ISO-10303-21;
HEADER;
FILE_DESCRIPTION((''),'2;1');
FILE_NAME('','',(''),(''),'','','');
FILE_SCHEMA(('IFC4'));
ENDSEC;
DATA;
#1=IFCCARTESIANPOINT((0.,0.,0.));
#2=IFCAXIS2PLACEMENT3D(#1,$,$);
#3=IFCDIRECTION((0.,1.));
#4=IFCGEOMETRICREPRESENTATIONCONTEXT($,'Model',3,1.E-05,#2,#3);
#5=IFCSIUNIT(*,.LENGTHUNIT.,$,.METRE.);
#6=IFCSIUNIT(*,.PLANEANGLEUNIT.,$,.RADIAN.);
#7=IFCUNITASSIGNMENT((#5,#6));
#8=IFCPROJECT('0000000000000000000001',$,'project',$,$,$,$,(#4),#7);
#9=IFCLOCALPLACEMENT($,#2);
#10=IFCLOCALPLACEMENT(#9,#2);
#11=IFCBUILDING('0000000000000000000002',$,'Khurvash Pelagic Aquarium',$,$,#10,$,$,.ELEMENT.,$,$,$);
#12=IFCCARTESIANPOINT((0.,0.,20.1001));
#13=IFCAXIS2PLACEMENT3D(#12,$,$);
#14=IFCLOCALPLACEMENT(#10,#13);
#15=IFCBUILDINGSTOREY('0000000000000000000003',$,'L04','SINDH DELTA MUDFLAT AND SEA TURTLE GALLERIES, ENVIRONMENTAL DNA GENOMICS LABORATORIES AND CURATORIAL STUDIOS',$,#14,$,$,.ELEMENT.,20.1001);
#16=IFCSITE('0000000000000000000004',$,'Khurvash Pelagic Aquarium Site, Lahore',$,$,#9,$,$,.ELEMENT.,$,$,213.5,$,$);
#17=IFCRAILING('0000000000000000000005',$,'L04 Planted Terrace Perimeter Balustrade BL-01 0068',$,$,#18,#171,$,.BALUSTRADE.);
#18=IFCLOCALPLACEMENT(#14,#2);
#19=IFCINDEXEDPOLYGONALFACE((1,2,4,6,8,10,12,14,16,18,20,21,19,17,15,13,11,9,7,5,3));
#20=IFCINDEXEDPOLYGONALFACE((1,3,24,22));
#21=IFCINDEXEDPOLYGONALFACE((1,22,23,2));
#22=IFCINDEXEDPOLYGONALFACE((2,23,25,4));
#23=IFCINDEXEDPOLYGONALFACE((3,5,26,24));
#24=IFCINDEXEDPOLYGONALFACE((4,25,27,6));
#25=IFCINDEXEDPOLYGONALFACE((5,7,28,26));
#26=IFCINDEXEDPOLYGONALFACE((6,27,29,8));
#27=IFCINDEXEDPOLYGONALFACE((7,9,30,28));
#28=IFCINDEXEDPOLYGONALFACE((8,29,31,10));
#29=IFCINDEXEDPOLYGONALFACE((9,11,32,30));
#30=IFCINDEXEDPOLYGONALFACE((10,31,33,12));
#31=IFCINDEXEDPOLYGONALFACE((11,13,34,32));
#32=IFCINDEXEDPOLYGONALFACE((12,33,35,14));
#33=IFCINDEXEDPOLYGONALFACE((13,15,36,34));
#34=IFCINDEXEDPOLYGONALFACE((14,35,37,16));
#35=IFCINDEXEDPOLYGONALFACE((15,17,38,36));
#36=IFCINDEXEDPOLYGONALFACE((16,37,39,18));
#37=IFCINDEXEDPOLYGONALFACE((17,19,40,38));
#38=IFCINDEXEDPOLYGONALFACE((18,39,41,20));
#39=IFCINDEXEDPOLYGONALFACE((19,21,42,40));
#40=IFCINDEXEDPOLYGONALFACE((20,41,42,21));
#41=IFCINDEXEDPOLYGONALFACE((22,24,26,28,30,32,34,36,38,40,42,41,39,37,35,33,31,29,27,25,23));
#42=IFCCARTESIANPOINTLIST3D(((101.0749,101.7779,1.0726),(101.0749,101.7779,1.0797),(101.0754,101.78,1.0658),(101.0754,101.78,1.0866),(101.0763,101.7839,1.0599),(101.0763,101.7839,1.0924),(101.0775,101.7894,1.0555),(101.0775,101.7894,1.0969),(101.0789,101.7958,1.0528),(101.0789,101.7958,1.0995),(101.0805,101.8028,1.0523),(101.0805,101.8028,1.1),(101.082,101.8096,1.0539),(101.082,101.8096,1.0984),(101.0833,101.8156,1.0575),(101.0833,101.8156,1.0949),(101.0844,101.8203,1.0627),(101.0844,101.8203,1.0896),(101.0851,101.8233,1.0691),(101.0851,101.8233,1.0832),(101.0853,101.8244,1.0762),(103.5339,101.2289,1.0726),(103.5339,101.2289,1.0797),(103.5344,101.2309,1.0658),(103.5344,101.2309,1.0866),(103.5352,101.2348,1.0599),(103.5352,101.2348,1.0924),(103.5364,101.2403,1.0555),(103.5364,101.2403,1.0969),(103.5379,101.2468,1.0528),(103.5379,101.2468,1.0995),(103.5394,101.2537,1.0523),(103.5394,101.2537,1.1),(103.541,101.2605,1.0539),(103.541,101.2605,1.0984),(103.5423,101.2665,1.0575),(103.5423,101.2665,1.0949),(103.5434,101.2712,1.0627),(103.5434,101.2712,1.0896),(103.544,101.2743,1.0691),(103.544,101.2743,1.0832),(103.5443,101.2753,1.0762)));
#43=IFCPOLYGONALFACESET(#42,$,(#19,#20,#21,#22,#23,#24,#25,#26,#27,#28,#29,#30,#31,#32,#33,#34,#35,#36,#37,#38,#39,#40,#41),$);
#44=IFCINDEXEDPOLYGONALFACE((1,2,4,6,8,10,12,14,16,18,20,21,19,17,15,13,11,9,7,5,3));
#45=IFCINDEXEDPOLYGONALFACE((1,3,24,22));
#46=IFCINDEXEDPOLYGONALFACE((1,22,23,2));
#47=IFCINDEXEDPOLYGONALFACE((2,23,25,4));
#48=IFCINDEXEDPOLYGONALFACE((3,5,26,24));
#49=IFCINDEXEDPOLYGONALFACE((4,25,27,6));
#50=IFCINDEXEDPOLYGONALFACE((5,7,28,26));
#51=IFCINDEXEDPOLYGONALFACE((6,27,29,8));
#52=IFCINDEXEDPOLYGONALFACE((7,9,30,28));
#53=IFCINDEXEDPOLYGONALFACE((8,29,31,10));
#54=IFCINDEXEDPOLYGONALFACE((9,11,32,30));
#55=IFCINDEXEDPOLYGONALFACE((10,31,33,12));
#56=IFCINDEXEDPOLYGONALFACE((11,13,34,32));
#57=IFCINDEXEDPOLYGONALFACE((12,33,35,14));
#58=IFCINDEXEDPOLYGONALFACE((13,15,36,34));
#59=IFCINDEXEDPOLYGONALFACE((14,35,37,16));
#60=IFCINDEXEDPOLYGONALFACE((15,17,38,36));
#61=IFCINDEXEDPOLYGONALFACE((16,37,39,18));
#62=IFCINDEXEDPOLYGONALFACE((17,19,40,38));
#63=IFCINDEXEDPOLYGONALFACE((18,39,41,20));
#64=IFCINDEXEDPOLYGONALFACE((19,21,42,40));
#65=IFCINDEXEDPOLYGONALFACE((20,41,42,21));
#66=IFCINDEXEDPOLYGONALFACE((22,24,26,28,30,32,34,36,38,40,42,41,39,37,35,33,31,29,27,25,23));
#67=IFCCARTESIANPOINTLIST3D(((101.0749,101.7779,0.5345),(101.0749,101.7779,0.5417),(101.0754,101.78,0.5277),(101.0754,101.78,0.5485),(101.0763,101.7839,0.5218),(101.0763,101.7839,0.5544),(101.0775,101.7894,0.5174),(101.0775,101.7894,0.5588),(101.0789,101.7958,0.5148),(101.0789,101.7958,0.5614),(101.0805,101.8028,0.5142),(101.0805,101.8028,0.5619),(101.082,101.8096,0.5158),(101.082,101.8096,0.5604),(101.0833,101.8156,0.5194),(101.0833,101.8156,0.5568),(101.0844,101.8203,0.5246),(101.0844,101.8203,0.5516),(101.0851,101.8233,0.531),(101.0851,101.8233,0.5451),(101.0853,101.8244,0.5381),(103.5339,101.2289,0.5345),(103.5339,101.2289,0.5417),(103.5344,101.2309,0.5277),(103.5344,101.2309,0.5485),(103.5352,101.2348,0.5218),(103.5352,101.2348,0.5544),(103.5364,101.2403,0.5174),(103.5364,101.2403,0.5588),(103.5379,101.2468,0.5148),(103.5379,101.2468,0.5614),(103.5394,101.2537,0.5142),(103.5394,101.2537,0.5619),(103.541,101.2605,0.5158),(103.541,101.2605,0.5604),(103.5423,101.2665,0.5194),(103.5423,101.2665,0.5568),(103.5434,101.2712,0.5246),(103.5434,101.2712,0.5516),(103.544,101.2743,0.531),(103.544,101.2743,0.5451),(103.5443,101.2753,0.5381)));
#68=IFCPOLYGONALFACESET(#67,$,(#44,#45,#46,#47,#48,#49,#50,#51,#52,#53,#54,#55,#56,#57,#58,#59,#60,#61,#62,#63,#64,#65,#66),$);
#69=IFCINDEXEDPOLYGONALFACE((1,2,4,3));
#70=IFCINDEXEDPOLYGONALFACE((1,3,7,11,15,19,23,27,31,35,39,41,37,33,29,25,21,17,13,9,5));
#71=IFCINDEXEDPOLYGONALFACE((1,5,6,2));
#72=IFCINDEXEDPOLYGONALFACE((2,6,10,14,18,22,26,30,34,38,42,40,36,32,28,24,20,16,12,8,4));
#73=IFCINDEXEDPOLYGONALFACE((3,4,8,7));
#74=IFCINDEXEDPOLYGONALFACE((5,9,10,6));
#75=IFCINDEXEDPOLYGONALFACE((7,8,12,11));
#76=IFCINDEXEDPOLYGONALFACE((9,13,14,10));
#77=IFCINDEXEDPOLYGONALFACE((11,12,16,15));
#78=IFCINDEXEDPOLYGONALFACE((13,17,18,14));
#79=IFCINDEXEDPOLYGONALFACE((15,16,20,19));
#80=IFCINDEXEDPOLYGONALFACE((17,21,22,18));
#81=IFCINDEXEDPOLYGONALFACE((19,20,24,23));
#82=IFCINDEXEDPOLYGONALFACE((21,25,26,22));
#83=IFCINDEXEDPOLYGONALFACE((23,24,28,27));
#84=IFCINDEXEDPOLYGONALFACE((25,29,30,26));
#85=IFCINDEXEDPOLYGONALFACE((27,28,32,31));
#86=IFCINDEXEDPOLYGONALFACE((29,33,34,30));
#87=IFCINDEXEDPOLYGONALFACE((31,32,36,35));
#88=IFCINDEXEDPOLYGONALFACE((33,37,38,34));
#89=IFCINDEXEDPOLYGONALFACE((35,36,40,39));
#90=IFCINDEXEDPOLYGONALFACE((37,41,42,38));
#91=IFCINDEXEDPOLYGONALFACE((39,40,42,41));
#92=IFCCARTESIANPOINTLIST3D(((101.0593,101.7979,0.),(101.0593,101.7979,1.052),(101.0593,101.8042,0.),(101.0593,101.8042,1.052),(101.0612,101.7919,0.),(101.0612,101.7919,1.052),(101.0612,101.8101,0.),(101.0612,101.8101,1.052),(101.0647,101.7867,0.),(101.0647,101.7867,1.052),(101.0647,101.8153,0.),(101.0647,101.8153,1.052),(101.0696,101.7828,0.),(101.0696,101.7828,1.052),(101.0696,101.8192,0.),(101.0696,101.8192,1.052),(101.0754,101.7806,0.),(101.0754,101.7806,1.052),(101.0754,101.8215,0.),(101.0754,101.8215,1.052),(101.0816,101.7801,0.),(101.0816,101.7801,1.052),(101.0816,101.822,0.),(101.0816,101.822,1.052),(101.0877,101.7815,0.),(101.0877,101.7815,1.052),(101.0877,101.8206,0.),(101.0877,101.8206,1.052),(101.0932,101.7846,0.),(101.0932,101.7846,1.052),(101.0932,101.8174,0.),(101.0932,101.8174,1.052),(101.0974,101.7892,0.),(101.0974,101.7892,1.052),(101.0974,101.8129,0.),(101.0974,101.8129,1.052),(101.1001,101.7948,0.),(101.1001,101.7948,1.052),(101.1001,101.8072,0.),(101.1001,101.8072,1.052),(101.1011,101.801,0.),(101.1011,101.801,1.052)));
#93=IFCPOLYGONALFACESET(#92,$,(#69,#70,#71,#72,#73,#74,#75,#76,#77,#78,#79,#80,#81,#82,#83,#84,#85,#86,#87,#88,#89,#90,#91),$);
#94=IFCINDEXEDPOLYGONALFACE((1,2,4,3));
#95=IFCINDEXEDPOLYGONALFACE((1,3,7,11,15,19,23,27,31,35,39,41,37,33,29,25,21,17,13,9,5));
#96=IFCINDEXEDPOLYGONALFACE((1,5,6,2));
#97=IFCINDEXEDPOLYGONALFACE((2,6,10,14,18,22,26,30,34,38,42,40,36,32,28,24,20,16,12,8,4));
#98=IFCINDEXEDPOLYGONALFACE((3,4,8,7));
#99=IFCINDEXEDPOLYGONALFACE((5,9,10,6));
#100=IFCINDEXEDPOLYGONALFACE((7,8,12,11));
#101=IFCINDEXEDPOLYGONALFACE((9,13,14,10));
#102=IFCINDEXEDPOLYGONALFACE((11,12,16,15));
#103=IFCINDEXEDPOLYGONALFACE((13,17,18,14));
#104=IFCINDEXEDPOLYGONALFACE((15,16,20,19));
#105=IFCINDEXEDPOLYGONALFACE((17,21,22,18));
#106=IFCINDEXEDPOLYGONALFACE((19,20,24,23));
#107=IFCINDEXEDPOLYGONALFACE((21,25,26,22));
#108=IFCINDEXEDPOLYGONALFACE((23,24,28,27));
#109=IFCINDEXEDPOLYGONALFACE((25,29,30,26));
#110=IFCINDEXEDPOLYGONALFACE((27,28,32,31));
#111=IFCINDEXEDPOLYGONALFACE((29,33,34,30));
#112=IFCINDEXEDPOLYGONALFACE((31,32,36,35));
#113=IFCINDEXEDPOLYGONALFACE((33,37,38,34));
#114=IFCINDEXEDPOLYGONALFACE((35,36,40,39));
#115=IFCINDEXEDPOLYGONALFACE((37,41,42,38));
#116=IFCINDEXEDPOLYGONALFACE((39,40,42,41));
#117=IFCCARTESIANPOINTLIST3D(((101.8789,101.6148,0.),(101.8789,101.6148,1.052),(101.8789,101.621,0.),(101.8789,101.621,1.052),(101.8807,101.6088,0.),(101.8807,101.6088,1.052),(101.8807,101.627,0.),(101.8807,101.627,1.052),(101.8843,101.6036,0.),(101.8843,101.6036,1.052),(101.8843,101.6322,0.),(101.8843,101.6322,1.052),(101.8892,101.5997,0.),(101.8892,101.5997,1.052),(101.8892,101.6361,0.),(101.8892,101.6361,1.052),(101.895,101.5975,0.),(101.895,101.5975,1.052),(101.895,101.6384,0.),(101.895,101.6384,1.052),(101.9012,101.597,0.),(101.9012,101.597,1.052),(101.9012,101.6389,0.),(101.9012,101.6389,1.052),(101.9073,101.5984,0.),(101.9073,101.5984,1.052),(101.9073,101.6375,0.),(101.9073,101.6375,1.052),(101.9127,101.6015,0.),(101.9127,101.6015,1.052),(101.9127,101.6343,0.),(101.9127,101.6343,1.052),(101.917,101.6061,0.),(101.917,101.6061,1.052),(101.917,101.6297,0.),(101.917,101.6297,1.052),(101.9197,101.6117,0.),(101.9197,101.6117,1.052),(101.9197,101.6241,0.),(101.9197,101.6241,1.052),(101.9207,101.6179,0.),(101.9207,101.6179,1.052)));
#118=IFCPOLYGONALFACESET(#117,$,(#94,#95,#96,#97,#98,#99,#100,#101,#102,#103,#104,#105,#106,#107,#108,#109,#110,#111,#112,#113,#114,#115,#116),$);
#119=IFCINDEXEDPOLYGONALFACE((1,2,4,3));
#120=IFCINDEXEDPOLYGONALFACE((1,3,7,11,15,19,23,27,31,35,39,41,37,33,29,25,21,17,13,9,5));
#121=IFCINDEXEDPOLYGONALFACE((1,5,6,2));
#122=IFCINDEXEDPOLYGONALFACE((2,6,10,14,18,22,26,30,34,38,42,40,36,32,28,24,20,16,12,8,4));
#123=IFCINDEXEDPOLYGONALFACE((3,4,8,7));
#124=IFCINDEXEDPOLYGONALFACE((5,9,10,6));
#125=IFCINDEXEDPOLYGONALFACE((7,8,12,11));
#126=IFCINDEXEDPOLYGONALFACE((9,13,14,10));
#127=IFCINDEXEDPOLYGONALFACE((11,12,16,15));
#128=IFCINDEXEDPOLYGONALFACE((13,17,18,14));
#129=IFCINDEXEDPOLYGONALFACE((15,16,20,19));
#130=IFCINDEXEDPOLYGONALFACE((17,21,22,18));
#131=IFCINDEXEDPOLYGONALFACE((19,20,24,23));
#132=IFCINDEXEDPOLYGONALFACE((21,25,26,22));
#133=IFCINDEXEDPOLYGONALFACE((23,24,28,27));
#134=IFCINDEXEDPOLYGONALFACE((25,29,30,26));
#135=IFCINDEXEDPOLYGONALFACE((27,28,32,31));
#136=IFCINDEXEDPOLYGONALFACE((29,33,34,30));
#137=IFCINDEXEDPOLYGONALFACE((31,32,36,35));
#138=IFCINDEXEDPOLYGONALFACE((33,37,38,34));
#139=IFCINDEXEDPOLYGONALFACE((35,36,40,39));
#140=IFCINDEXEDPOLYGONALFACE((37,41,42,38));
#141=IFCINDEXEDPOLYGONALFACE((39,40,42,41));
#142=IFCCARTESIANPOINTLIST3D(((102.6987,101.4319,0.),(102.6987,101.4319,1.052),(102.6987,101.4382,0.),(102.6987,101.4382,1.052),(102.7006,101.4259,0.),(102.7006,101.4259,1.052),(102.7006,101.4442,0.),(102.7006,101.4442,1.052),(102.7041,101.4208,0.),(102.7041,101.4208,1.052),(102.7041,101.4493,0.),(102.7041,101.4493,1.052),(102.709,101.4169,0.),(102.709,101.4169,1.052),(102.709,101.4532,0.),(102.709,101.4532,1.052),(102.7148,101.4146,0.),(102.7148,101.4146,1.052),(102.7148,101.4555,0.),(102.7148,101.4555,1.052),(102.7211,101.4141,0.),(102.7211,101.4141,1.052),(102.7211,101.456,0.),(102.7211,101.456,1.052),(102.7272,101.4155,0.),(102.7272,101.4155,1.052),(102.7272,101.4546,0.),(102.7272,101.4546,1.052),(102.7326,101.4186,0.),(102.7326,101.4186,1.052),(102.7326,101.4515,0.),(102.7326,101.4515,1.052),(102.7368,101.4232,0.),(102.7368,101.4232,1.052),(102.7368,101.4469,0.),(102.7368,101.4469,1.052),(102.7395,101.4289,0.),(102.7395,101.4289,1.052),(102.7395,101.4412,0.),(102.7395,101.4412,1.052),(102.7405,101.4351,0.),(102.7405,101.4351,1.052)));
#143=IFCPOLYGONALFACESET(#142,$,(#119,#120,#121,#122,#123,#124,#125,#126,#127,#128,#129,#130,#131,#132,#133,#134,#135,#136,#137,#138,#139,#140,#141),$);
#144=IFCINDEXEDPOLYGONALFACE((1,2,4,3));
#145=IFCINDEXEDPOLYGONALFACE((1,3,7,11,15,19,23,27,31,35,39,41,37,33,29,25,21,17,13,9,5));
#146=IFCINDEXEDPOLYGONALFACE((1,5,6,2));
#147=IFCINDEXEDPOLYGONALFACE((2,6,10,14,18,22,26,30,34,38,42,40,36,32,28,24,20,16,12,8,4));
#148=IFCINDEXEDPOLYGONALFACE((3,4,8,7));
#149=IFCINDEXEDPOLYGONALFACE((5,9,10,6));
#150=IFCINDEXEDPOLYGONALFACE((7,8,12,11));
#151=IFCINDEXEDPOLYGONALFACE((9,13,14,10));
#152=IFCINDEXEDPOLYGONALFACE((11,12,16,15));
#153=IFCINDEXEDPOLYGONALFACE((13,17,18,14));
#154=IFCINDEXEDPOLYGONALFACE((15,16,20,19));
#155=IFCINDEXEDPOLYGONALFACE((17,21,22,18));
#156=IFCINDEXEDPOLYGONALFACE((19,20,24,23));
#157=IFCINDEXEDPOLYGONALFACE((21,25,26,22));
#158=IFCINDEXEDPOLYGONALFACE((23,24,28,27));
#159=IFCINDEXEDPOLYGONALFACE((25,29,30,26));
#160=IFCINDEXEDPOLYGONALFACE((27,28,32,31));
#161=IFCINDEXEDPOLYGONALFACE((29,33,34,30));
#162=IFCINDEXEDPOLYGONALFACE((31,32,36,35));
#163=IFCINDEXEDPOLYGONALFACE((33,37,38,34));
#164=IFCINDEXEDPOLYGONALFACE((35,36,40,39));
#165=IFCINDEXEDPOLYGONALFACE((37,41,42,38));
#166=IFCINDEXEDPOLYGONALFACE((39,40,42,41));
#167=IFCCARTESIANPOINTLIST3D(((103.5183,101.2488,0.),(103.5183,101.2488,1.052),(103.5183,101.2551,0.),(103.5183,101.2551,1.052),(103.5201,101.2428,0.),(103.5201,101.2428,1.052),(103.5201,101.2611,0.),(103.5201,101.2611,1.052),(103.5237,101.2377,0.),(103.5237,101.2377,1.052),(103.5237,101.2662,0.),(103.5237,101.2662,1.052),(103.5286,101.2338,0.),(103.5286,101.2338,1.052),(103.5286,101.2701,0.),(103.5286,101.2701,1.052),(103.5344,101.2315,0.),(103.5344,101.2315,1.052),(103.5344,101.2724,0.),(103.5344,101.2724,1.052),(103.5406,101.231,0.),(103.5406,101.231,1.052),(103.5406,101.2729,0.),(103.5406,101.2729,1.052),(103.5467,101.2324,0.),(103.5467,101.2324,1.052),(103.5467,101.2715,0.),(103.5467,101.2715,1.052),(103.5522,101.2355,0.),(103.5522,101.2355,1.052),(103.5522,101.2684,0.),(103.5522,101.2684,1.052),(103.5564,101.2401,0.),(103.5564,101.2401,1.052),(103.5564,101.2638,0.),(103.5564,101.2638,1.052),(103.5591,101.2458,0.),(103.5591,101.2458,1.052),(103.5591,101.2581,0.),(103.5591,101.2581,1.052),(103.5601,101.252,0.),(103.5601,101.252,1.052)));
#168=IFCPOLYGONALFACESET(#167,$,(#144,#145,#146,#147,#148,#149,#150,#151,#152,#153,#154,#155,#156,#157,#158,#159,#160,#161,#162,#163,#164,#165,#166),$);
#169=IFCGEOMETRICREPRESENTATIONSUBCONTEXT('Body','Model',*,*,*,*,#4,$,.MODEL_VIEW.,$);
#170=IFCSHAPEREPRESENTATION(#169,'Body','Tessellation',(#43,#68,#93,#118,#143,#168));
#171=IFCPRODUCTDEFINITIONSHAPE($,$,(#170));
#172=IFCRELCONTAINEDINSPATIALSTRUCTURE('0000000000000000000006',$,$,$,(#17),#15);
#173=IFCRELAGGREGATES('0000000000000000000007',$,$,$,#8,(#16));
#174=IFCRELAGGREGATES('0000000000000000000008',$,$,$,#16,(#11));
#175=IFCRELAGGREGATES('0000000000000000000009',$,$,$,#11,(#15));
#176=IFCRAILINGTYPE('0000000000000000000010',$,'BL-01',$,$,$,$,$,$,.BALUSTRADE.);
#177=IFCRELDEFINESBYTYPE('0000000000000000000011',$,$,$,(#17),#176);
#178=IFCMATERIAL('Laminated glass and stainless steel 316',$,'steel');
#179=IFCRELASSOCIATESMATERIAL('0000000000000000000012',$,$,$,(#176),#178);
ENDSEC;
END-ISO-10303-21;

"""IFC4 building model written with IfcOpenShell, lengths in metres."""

from ifc_helpers import new_model, si_unit, direction, frame, origin, origin_2d, place, context, subcontext, project, spatial, circle, extrude, material, type_object, element, save


model = new_model("IFC4")

# Units and contexts
model_context = context("Model", 3, precision=1e-05, world=origin(), true_north=direction((0.0, 1.0)))
body_context = subcontext(model_context, "Body", "Model", "MODEL_VIEW")
ifc_project = project(units=[si_unit("LENGTHUNIT", "METRE"), si_unit("PLANEANGLEUNIT", "RADIAN")], contexts=[model_context])

# Site, building, storey
site_placement = place(None, origin())
site = spatial("IfcSite", under=ifc_project, at=site_placement, Name="Khurvash Pelagic Aquarium Site, Lahore", CompositionType="ELEMENT", RefElevation=213.5)
building_placement = place(site_placement, origin())
building = spatial("IfcBuilding", under=site, at=building_placement, Name="Khurvash Pelagic Aquarium", CompositionType="ELEMENT")
storey_placement = place(building_placement, frame((0.0, 0.0, 20.1001)))
storey = spatial("IfcBuildingStorey", under=building, at=storey_placement, Name="L04", Description="SINDH DELTA MUDFLAT AND SEA TURTLE GALLERIES, ENVIRONMENTAL DNA GENOMICS LABORATORIES AND CURATORIAL STUDIOS", CompositionType="ELEMENT", Elevation=20.1001)

# Railing
ifc_material_1 = material(Name="Laminated glass and stainless steel 316", Category="steel")
railing_type = type_object("IfcRailingType", Name="BL-01", PredefinedType="BALUSTRADE", material=ifc_material_1)
railing_1_placement = place(storey_placement, frame((101.0801, 101.801, 0.0)))
element("IfcRailing", 1, at=railing_1_placement, inside=storey, type_object=railing_type, Name="L04 Planted Terrace Perimeter Balustrade BL-01 0068", PredefinedType="BALUSTRADE", context=body_context, shape_type="SweptSolid", body=[
    extrude(circle(Radius=0.0239, at=origin_2d()), frame((0.0, 0.0, 1.0762), z_axis=(0.975965, -0.217926, 0.0), x_axis=(0.217926, 0.975965, 0.0)), (0.0, 0.0, 1.0), 2.5195),
    extrude(circle(Radius=0.0239, at=origin_2d()), frame((0.0, 0.0, 0.5381), z_axis=(0.975965, -0.217926, 0.0), x_axis=(0.217926, 0.975965, 0.0)), (0.0, 0.0, 1.0), 2.5195),
    extrude(circle(Radius=0.021, at=origin_2d()), origin(), (0.0, 0.0, 1.0), 1.052),
    extrude(circle(Radius=0.021, at=origin_2d()), frame((0.8196, -0.1831, 0.0)), (0.0, 0.0, 1.0), 1.052),
    extrude(circle(Radius=0.021, at=origin_2d()), frame((1.6394, -0.366, 0.0)), (0.0, 0.0, 1.0), 1.052),
    extrude(circle(Radius=0.021, at=origin_2d()), frame((2.459, -0.5491, 0.0)), (0.0, 0.0, 1.0), 1.052),
])

save(model, "model.ifc")
